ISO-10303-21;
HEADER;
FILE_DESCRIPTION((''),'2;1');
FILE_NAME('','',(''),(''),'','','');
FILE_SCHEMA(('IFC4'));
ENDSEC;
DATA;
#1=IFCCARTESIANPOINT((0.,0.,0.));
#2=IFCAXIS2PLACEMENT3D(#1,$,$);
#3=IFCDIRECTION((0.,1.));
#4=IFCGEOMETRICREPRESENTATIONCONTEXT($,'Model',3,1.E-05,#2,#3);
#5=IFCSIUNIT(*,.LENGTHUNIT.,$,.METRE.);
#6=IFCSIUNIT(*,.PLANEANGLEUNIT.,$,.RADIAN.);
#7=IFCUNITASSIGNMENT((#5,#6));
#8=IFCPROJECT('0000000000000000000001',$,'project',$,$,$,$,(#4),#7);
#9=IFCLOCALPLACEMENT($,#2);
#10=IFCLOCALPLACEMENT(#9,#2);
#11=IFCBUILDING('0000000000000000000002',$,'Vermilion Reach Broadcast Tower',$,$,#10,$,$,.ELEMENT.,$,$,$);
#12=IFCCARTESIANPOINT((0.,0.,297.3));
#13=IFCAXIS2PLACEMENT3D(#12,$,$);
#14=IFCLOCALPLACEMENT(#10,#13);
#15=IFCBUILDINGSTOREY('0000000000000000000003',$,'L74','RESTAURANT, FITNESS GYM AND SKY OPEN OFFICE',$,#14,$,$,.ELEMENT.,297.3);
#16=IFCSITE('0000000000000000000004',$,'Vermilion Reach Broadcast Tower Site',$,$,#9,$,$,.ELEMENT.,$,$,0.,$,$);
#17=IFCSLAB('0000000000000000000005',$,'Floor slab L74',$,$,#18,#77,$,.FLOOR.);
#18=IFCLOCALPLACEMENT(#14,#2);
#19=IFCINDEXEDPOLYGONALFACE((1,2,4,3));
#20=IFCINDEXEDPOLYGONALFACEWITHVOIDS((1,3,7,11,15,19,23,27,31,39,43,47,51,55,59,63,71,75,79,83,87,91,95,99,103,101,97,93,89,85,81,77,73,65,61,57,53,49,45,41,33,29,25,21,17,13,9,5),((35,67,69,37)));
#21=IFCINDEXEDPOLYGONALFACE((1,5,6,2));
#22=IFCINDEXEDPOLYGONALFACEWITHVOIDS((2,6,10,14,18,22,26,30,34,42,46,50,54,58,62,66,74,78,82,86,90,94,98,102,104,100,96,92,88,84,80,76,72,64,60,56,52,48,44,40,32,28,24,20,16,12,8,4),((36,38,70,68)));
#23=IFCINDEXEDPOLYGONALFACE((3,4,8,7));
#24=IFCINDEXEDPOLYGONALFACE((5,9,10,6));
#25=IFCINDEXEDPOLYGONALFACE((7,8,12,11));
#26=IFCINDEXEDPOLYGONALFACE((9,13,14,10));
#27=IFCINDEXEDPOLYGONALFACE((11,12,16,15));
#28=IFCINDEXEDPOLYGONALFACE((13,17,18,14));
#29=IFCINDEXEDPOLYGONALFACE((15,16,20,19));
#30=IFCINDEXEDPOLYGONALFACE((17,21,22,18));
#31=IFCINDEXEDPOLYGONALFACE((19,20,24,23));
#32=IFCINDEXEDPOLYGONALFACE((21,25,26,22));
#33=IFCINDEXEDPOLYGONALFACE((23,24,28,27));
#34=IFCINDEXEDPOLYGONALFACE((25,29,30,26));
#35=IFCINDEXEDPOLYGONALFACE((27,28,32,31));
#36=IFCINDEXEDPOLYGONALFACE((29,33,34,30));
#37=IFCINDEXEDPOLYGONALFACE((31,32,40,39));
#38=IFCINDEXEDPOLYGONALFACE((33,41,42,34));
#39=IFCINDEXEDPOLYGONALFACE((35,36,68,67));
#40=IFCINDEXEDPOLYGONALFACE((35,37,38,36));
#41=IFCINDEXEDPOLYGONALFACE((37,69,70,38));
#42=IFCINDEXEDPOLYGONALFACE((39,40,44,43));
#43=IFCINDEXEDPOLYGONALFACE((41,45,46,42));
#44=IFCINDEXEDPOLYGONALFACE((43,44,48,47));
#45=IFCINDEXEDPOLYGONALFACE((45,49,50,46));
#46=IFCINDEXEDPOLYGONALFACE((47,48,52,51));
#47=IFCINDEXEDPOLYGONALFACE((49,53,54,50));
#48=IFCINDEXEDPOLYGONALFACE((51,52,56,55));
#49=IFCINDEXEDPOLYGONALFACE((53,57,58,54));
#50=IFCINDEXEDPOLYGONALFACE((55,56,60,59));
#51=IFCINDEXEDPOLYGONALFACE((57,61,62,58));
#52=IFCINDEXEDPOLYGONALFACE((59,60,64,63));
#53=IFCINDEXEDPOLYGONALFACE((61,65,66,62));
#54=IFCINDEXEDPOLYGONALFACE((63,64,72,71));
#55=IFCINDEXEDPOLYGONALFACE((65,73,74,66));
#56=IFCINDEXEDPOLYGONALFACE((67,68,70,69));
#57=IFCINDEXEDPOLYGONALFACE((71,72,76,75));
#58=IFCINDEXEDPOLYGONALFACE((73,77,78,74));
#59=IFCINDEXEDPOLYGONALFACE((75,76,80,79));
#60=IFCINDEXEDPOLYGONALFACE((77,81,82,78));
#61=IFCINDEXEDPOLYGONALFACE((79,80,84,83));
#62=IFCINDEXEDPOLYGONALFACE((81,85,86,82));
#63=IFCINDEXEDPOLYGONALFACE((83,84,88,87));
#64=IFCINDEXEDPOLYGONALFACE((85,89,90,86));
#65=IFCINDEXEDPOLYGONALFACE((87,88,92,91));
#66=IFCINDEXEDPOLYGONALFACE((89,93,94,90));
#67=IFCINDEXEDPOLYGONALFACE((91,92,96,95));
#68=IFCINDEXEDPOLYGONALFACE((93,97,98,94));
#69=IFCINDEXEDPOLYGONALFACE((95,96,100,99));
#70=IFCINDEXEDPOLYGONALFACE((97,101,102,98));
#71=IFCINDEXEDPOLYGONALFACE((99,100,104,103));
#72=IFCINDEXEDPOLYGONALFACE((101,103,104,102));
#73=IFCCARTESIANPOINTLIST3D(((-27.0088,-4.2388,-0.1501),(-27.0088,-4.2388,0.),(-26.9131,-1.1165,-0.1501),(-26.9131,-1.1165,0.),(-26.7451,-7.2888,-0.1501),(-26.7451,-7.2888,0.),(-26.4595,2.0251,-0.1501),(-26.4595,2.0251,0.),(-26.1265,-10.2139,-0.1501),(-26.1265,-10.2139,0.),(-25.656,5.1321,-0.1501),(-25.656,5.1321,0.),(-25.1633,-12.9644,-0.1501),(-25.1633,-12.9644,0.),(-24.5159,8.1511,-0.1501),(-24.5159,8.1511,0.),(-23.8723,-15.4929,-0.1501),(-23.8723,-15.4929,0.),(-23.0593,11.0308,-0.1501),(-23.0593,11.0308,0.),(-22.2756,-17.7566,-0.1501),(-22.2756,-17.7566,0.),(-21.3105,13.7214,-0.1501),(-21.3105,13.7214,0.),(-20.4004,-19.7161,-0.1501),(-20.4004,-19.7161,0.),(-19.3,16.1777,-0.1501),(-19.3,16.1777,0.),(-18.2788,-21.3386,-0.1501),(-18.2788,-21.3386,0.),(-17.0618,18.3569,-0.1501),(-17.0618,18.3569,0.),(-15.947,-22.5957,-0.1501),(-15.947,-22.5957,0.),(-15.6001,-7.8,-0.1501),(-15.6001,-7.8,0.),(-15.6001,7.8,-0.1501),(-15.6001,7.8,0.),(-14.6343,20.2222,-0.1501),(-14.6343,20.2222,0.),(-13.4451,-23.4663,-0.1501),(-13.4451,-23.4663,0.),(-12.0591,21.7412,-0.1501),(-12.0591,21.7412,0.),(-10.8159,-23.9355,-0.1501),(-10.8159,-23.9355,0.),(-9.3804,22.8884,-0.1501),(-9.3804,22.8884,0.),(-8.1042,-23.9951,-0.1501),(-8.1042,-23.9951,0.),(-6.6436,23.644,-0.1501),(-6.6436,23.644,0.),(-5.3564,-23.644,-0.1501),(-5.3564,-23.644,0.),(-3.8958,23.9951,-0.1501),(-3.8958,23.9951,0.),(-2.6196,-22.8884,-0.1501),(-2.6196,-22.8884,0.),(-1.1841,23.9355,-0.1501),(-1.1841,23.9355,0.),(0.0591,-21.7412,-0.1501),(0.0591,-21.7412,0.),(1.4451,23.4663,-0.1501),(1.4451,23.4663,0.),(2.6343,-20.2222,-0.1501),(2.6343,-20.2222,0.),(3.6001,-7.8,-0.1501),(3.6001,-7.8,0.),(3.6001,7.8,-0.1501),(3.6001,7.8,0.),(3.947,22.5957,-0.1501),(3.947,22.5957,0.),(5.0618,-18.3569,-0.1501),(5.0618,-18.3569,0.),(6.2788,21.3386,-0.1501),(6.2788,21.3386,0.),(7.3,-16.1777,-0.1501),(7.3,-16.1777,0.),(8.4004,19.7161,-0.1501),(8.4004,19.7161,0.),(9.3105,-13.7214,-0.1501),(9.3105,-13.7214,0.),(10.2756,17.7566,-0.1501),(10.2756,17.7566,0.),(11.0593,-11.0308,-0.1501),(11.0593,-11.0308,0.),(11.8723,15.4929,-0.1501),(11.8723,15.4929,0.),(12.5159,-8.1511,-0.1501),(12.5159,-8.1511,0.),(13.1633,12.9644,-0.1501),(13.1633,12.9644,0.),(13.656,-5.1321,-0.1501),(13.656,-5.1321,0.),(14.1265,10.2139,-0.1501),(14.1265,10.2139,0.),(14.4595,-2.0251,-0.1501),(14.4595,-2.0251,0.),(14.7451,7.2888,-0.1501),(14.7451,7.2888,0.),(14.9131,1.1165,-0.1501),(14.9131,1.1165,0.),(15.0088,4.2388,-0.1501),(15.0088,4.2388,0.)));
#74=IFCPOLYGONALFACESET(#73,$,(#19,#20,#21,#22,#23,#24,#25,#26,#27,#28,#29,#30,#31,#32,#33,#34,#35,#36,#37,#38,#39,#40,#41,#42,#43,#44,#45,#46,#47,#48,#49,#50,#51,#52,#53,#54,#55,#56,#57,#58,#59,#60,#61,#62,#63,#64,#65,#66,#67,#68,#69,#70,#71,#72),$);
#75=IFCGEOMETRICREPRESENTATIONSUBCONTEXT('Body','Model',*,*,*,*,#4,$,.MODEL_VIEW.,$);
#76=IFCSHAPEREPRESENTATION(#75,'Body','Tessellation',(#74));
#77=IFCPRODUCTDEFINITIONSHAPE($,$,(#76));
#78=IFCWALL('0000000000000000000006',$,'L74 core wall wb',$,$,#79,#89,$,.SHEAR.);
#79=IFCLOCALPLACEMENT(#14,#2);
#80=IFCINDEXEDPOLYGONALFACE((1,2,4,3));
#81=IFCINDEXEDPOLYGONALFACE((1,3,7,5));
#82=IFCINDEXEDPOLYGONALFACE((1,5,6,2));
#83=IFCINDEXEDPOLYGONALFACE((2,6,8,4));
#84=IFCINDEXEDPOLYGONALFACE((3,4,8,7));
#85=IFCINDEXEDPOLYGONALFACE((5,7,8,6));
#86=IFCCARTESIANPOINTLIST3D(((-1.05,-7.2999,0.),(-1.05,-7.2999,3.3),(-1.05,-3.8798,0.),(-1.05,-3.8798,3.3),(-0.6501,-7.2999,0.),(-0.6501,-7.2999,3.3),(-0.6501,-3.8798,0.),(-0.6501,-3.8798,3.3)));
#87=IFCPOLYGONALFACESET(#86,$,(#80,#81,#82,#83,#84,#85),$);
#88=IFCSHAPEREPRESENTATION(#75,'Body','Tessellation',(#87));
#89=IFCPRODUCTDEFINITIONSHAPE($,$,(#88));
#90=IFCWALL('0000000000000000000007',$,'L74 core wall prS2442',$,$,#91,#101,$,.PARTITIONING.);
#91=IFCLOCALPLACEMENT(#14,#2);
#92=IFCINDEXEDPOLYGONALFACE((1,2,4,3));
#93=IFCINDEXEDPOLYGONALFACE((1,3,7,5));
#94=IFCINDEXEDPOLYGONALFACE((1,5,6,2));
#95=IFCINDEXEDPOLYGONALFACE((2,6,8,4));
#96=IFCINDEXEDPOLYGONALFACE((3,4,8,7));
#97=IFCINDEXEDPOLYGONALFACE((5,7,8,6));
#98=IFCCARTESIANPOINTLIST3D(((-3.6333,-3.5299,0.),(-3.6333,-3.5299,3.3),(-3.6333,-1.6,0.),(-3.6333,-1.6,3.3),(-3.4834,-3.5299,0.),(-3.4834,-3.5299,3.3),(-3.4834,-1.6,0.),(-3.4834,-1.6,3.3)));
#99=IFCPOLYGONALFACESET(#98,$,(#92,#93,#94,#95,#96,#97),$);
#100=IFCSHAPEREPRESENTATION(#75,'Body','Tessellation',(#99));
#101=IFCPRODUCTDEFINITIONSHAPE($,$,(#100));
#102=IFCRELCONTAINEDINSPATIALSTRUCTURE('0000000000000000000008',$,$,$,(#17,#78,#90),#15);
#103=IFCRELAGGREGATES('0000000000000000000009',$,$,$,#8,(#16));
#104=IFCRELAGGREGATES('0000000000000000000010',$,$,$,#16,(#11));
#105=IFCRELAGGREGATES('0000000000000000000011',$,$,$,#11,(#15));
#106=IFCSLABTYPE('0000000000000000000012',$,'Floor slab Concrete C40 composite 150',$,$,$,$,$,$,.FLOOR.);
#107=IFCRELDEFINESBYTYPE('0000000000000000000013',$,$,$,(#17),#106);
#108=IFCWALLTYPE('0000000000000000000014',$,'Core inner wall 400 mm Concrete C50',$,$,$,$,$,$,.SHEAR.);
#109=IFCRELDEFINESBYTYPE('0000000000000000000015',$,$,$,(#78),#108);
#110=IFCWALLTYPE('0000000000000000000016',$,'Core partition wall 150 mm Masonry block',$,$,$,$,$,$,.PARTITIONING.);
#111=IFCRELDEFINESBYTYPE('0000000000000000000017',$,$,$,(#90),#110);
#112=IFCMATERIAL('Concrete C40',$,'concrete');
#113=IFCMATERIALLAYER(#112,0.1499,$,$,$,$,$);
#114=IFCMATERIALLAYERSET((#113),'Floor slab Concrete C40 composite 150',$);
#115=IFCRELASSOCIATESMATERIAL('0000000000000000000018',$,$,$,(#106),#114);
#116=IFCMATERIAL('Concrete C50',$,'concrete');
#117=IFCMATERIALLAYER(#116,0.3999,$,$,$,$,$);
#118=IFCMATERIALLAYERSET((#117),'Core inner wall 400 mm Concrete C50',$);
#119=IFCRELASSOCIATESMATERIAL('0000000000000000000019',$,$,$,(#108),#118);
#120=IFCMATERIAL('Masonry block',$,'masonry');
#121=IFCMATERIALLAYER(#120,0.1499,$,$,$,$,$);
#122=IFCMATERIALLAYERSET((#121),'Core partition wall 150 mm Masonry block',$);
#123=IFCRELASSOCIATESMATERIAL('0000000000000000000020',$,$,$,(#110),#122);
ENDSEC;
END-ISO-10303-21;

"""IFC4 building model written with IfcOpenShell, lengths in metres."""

from ifc_helpers import new_model, si_unit, direction, frame, frame_2d, origin, place, context, subcontext, project, spatial, polyline, rectangle, outline, extrude, material, layer, layer_set, type_object, element, save


model = new_model("IFC4")

# Units and contexts
model_context = context("Model", 3, precision=1e-05, world=origin(), true_north=direction((0.0, 1.0)))
body_context = subcontext(model_context, "Body", "Model", "MODEL_VIEW")
ifc_project = project(units=[si_unit("LENGTHUNIT", "METRE"), si_unit("PLANEANGLEUNIT", "RADIAN")], contexts=[model_context])

# Site, building, storey
site_placement = place(None, origin())
site = spatial("IfcSite", under=ifc_project, at=site_placement, Name="Vermilion Reach Broadcast Tower Site", CompositionType="ELEMENT", RefElevation=0.0)
building_placement = place(site_placement, origin())
building = spatial("IfcBuilding", under=site, at=building_placement, Name="Vermilion Reach Broadcast Tower", CompositionType="ELEMENT")
storey_placement = place(building_placement, frame((0.0, 0.0, 297.3)))
storey = spatial("IfcBuildingStorey", under=building, at=storey_placement, Name="L74", Description="RESTAURANT, FITNESS GYM AND SKY OPEN OFFICE", CompositionType="ELEMENT", Elevation=297.3)

# Slab
ifc_material_1 = material(Name="Concrete C40", Category="concrete")
ifc_layer_1 = layer(ifc_material_1, 0.1499)
ifc_layer_set_1 = layer_set([ifc_layer_1], Name="Floor slab Concrete C40 composite 150")
slab_type_1 = type_object("IfcSlabType", Name="Floor slab Concrete C40 composite 150", PredefinedType="FLOOR", material=ifc_layer_set_1)
slab_1_placement = place(storey_placement, frame((0.0, 0.0, -0.1501)))
element("IfcSlab", 1, at=slab_1_placement, inside=storey, type_object=slab_type_1, Name="Floor slab L74", PredefinedType="FLOOR", context=body_context, shape_type="SweptSolid", body=[
    extrude(outline(polyline([(3.947, 22.5957), (1.4451, 23.4663), (-1.1841, 23.9355), (-3.8958, 23.9951), (-6.6436, 23.644), (-9.3804, 22.8884), (-12.0591, 21.7412), (-14.6343, 20.2222), (-17.0618, 18.3569), (-19.3, 16.1777), (-21.3105, 13.7214), (-23.0593, 11.0308), (-24.5159, 8.1511), (-25.656, 5.1321), (-26.4595, 2.0251), (-26.9131, -1.1165), (-27.0088, -4.2388), (-26.7451, -7.2888), (-26.1265, -10.2139), (-25.1633, -12.9644), (-23.8723, -15.4929), (-22.2756, -17.7566), (-20.4004, -19.7161), (-18.2788, -21.3386), (-15.947, -22.5957), (-13.4451, -23.4663), (-10.8159, -23.9355), (-8.1042, -23.9951), (-5.3564, -23.644), (-2.6196, -22.8884), (0.0591, -21.7412), (2.6343, -20.2222), (5.0618, -18.3569), (7.3, -16.1777), (9.3105, -13.7214), (11.0593, -11.0308), (12.5159, -8.1511), (13.656, -5.1321), (14.4595, -2.0251), (14.9131, 1.1165), (15.0088, 4.2388), (14.7451, 7.2888), (14.1265, 10.2139), (13.1633, 12.9644), (11.8723, 15.4929), (10.2756, 17.7566), (8.4004, 19.7161), (6.2788, 21.3386), (3.947, 22.5957)]), holes=[polyline([(-15.6001, -7.8), (3.6001, -7.8), (3.6001, 7.8), (-15.6001, 7.8), (-15.6001, -7.8)])]), origin(), (0.0, 0.0, 1.0), 0.1501),
])

# Walls
ifc_material_2 = material(Name="Concrete C50", Category="concrete")
ifc_layer_2 = layer(ifc_material_2, 0.3999)
ifc_layer_set_2 = layer_set([ifc_layer_2], Name="Core inner wall 400 mm Concrete C50")
wall_type_1 = type_object("IfcWallType", Name="Core inner wall 400 mm Concrete C50", PredefinedType="SHEAR", material=ifc_layer_set_2)
wall_1_placement = place(storey_placement, frame((-0.8501, -3.8799, 0.0), z_axis=(0.0, 0.0, 1.0), x_axis=(0.0, -1.0, 0.0)))
element("IfcWall", 2, at=wall_1_placement, inside=storey, type_object=wall_type_1, Name="L74 core wall wb", PredefinedType="SHEAR", context=body_context, shape_type="SweptSolid", body=[
    extrude(rectangle(XDim=3.4202, YDim=0.3999, at=frame_2d((1.71, 0.0))), origin(), (0.0, 0.0, 1.0), 3.3),
])
ifc_material_3 = material(Name="Masonry block", Category="masonry")
ifc_layer_3 = layer(ifc_material_3, 0.1499)
ifc_layer_set_3 = layer_set([ifc_layer_3], Name="Core partition wall 150 mm Masonry block")
wall_type_2 = type_object("IfcWallType", Name="Core partition wall 150 mm Masonry block", PredefinedType="PARTITIONING", material=ifc_layer_set_3)
wall_2_placement = place(storey_placement, frame((-3.5583, -1.6001, 0.0), z_axis=(0.0, 0.0, 1.0), x_axis=(0.0, -1.0, 0.0)))
element("IfcWall", 3, at=wall_2_placement, inside=storey, type_object=wall_type_2, Name="L74 core wall prS2442", PredefinedType="PARTITIONING", context=body_context, shape_type="SweptSolid", body=[
    extrude(rectangle(XDim=1.9299, YDim=0.1499, at=frame_2d((0.9648, 0.0))), origin(), (0.0, 0.0, 1.0), 3.3),
])

save(model, "model.ifc")
